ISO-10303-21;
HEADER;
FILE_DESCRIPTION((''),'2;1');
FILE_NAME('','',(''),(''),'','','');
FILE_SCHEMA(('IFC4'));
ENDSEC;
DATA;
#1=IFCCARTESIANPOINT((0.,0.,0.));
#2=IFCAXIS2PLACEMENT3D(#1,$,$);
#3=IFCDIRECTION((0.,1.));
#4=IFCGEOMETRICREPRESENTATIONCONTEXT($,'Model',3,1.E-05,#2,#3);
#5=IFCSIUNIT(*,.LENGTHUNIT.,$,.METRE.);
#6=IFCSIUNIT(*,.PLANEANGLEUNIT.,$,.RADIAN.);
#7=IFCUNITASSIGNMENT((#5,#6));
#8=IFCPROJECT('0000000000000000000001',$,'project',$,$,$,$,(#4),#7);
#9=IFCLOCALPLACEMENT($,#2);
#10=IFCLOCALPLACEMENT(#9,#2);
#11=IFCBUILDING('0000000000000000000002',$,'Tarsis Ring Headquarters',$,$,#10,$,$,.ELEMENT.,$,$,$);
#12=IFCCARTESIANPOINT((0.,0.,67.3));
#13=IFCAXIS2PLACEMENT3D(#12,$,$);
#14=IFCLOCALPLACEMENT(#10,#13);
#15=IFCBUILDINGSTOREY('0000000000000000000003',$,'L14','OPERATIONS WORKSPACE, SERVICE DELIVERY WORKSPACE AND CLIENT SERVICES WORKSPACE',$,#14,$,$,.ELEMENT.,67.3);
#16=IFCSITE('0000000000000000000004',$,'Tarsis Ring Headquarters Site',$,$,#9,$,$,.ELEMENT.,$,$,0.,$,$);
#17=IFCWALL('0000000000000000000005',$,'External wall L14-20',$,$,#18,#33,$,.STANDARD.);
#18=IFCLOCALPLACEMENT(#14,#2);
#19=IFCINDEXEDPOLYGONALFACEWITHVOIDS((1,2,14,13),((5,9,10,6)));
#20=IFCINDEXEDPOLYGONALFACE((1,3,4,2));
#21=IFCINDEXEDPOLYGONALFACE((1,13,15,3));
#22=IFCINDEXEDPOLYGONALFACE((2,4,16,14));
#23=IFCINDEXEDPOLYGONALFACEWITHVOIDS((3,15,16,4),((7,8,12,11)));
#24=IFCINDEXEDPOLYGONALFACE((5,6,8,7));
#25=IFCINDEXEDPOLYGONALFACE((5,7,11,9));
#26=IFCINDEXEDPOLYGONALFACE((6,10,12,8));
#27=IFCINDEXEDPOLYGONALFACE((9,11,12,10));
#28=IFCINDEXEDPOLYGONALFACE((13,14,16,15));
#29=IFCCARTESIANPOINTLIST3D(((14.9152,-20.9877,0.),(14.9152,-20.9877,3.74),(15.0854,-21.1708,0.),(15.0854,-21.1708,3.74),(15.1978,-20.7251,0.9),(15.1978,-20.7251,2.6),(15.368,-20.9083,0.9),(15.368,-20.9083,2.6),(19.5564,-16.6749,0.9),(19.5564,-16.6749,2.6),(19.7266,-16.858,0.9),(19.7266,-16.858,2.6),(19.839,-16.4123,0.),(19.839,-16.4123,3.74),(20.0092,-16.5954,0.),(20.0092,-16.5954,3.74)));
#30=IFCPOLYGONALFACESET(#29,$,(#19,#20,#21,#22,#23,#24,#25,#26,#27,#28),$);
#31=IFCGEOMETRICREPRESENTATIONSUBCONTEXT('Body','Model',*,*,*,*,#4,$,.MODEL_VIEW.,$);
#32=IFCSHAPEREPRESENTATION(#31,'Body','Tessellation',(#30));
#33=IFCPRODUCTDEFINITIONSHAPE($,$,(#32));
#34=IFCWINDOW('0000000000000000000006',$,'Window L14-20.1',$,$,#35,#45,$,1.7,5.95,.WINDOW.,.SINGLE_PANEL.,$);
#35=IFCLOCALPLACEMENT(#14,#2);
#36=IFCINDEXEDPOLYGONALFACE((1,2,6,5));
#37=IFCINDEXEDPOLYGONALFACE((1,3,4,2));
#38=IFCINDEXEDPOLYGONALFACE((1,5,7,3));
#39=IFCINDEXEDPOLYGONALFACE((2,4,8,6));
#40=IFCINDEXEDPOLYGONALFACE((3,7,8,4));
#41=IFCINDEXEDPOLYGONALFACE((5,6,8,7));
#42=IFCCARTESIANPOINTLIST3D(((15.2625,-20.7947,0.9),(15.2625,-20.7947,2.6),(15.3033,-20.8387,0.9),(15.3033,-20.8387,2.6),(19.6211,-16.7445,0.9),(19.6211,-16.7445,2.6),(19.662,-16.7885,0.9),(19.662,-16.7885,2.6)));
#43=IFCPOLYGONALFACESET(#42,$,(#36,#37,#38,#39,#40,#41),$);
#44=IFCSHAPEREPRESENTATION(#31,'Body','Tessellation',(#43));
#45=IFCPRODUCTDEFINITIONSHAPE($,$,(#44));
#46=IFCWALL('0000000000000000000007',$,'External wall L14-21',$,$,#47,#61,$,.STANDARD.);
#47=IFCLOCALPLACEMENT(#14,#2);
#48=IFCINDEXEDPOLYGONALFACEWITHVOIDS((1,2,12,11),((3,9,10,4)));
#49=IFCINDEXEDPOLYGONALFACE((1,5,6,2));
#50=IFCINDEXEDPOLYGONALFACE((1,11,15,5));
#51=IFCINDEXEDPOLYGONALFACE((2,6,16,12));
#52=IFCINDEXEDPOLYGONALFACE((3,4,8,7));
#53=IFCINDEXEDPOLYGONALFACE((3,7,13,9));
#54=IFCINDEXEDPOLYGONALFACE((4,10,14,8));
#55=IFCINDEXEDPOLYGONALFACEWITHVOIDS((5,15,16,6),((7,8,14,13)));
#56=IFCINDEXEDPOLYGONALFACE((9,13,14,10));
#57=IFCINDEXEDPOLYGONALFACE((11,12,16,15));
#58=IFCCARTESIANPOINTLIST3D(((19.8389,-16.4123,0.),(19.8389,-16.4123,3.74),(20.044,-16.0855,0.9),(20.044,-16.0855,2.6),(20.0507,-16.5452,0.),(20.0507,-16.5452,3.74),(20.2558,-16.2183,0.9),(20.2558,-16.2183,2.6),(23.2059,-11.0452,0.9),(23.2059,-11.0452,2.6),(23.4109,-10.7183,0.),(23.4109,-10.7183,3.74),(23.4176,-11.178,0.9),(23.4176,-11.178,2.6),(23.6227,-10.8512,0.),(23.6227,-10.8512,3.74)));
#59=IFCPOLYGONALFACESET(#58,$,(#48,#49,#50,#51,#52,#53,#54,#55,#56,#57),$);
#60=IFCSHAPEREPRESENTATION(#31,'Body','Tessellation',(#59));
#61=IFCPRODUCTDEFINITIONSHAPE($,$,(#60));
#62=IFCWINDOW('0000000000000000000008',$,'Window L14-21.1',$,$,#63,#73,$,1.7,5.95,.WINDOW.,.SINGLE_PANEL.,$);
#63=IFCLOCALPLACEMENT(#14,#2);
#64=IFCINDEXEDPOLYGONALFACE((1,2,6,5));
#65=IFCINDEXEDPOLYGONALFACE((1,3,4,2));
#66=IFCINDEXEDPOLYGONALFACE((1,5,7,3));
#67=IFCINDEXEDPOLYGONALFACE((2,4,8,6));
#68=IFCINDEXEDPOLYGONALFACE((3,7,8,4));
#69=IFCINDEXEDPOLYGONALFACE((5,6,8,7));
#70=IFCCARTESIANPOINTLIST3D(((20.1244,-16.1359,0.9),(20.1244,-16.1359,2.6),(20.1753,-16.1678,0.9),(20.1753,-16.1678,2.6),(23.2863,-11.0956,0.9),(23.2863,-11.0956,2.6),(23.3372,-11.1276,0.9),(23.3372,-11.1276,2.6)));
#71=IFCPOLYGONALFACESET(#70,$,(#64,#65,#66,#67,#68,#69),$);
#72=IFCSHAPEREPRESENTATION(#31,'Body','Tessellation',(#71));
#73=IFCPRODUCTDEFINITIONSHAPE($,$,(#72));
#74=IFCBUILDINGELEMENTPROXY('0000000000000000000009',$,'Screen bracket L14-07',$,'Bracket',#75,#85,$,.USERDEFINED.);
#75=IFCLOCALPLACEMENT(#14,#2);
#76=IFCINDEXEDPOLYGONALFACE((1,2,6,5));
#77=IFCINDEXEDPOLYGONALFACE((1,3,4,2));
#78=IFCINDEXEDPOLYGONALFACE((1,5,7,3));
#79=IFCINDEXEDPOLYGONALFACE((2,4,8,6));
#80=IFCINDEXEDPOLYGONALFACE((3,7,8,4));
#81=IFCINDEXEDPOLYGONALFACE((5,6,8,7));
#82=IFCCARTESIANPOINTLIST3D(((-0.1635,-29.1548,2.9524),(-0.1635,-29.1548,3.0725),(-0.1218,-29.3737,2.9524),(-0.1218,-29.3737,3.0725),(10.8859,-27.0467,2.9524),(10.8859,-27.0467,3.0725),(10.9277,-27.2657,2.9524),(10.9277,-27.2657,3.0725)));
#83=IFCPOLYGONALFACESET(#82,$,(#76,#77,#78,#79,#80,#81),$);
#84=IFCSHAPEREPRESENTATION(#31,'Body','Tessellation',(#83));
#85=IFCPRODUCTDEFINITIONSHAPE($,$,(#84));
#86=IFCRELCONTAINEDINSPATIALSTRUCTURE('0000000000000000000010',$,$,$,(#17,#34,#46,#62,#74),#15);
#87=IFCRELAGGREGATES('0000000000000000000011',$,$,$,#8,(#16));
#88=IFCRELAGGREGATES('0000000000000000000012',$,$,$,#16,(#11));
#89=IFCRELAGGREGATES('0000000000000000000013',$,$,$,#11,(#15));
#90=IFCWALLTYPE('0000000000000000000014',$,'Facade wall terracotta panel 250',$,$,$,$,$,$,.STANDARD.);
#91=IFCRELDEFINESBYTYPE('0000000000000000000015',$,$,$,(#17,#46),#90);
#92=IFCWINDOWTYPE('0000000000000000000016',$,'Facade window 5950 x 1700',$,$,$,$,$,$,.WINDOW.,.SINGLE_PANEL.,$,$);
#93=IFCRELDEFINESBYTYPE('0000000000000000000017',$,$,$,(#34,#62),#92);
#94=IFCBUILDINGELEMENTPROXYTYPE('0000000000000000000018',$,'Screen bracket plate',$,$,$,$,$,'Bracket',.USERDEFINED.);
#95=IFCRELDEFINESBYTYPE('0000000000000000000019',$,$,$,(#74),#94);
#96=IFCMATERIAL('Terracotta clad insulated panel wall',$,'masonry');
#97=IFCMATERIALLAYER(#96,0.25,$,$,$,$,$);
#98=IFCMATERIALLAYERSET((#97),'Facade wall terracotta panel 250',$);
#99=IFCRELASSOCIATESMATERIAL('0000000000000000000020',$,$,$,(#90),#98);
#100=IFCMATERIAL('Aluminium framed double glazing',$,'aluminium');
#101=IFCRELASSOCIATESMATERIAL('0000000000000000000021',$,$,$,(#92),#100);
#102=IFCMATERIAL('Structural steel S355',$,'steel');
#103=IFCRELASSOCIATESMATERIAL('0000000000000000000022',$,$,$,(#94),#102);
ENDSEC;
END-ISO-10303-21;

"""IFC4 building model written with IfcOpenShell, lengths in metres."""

from ifc_helpers import new_model, si_unit, direction, frame, frame_2d, origin, origin_2d, place, context, subcontext, project, spatial, rectangle, extrude, material, layer, layer_set, type_object, element, fill, save


model = new_model("IFC4")

# Units and contexts
model_context = context("Model", 3, precision=1e-05, world=origin(), true_north=direction((0.0, 1.0)))
body_context = subcontext(model_context, "Body", "Model", "MODEL_VIEW")
ifc_project = project(units=[si_unit("LENGTHUNIT", "METRE"), si_unit("PLANEANGLEUNIT", "RADIAN")], contexts=[model_context])

# Site, building, storey
site_placement = place(None, origin())
site = spatial("IfcSite", under=ifc_project, at=site_placement, Name="Tarsis Ring Headquarters Site", CompositionType="ELEMENT", RefElevation=0.0)
building_placement = place(site_placement, origin())
building = spatial("IfcBuilding", under=site, at=building_placement, Name="Tarsis Ring Headquarters", CompositionType="ELEMENT")
storey_placement = place(building_placement, frame((0.0, 0.0, 67.3)))
storey = spatial("IfcBuildingStorey", under=building, at=storey_placement, Name="L14", Description="OPERATIONS WORKSPACE, SERVICE DELIVERY WORKSPACE AND CLIENT SERVICES WORKSPACE", CompositionType="ELEMENT", Elevation=67.3)

# Shared definitions
ifc_material_1 = material(Name="Structural steel S355", Category="steel")

# Walls, openings, windows
ifc_material_2 = material(Name="Terracotta clad insulated panel wall", Category="masonry")
ifc_layer_1 = layer(ifc_material_2, 0.25)
ifc_layer_set_1 = layer_set([ifc_layer_1], Name="Facade wall terracotta panel 250")
wall_type_1 = type_object("IfcWallType", Name="Facade wall terracotta panel 250", PredefinedType="STANDARD", material=ifc_layer_set_1)
ifc_material_3 = material(Name="Aluminium framed double glazing", Category="aluminium")
window_type = type_object("IfcWindowType", Name="Facade window 5950 x 1700", PartitioningType="SINGLE_PANEL", PredefinedType="WINDOW", material=ifc_material_3)
wall_1_placement = place(storey_placement, frame((15.0002, -21.0793, 0.0), z_axis=(0.0, 0.0, 1.0), x_axis=(0.732548, 0.680716, 0.0)))
wall_1 = element("IfcWall", 1, at=wall_1_placement, inside=storey, type_object=wall_type_1, Name="External wall L14-20", PredefinedType="STANDARD", context=body_context, shape_type="SweptSolid", body=[
    extrude(rectangle(XDim=6.7214, YDim=0.25, at=frame_2d((3.3608, 0.0))), origin(), (0.0, 0.0, 1.0), 3.74),
])
opening_1_placement = place(wall_1_placement, frame((0.3857, 0.0, 0.8999)))
opening_1 = element("IfcOpeningElement", 2, at=opening_1_placement, cuts=wall_1, PredefinedType="OPENING", context=body_context, shape_type="SweptSolid", body=[
    extrude(rectangle(XDim=5.95, YDim=1.7, at=frame_2d((2.9751, 0.8501))), frame((0.0, 0.135, 0.0), z_axis=(0.0, -1.0, 0.0), x_axis=(1.0, 0.0, 0.0)), (0.0, 0.0, 1.0), 0.27),
])
window_1_placement = place(opening_1_placement, origin())
window_1 = element("IfcWindow", 3, at=window_1_placement, inside=storey, type_object=window_type, Name="Window L14-20.1", OverallHeight=1.7, OverallWidth=5.95, PartitioningType="SINGLE_PANEL", PredefinedType="WINDOW", context=body_context, shape_type="SweptSolid", body=[
    extrude(rectangle(XDim=5.95, YDim=1.7, at=frame_2d((2.9751, 0.8501))), frame((0.0, 0.03, 0.0), z_axis=(0.0, -1.0, 0.0), x_axis=(1.0, 0.0, 0.0)), (0.0, 0.0, 1.0), 0.0601),
])
fill(opening_1, window_1)
wall_2_placement = place(storey_placement, frame((19.9448, -16.4788, 0.0), z_axis=(0.0, 0.0, 1.0), x_axis=(0.531412, 0.847114, 0.0)))
wall_2 = element("IfcWall", 4, at=wall_2_placement, inside=storey, type_object=wall_type_1, Name="External wall L14-21", PredefinedType="STANDARD", context=body_context, shape_type="SweptSolid", body=[
    extrude(rectangle(XDim=6.7217, YDim=0.25, at=frame_2d((3.3608, 0.0))), origin(), (0.0, 0.0, 1.0), 3.74),
])
opening_2_placement = place(wall_2_placement, frame((0.3857, 0.0, 0.8999)))
opening_2 = element("IfcOpeningElement", 5, at=opening_2_placement, cuts=wall_2, PredefinedType="OPENING", context=body_context, shape_type="SweptSolid", body=[
    extrude(rectangle(XDim=5.95, YDim=1.7, at=frame_2d((2.9751, 0.8501))), frame((0.0, 0.135, 0.0), z_axis=(0.0, -1.0, 0.0), x_axis=(1.0, 0.0, 0.0)), (0.0, 0.0, 1.0), 0.27),
])
window_2_placement = place(opening_2_placement, origin())
window_2 = element("IfcWindow", 6, at=window_2_placement, inside=storey, type_object=window_type, Name="Window L14-21.1", OverallHeight=1.7, OverallWidth=5.95, PartitioningType="SINGLE_PANEL", PredefinedType="WINDOW", context=body_context, shape_type="SweptSolid", body=[
    extrude(rectangle(XDim=5.95, YDim=1.7, at=frame_2d((2.9751, 0.8501))), frame((0.0, 0.03, 0.0), z_axis=(0.0, -1.0, 0.0), x_axis=(1.0, 0.0, 0.0)), (0.0, 0.0, 1.0), 0.0601),
])
fill(opening_2, window_2)

# Building element proxy
building_element_proxy_type = type_object("IfcBuildingElementProxyType", Name="Screen bracket plate", ElementType="Bracket", PredefinedType="USERDEFINED", material=ifc_material_1)
proxy_placement = place(storey_placement, frame((5.3821, -28.2102, 2.9524), z_axis=(0.0, 0.0, 1.0), x_axis=(0.982283, 0.187403, 0.0)))
element("IfcBuildingElementProxy", 7, at=proxy_placement, inside=storey, type_object=building_element_proxy_type, Name="Screen bracket L14-07", ObjectType="Bracket", PredefinedType="USERDEFINED", context=body_context, shape_type="SweptSolid", body=[
    extrude(rectangle(XDim=11.2488, YDim=0.2229, at=origin_2d()), origin(), (0.0, 0.0, 1.0), 0.1201),
])

save(model, "model.ifc")
